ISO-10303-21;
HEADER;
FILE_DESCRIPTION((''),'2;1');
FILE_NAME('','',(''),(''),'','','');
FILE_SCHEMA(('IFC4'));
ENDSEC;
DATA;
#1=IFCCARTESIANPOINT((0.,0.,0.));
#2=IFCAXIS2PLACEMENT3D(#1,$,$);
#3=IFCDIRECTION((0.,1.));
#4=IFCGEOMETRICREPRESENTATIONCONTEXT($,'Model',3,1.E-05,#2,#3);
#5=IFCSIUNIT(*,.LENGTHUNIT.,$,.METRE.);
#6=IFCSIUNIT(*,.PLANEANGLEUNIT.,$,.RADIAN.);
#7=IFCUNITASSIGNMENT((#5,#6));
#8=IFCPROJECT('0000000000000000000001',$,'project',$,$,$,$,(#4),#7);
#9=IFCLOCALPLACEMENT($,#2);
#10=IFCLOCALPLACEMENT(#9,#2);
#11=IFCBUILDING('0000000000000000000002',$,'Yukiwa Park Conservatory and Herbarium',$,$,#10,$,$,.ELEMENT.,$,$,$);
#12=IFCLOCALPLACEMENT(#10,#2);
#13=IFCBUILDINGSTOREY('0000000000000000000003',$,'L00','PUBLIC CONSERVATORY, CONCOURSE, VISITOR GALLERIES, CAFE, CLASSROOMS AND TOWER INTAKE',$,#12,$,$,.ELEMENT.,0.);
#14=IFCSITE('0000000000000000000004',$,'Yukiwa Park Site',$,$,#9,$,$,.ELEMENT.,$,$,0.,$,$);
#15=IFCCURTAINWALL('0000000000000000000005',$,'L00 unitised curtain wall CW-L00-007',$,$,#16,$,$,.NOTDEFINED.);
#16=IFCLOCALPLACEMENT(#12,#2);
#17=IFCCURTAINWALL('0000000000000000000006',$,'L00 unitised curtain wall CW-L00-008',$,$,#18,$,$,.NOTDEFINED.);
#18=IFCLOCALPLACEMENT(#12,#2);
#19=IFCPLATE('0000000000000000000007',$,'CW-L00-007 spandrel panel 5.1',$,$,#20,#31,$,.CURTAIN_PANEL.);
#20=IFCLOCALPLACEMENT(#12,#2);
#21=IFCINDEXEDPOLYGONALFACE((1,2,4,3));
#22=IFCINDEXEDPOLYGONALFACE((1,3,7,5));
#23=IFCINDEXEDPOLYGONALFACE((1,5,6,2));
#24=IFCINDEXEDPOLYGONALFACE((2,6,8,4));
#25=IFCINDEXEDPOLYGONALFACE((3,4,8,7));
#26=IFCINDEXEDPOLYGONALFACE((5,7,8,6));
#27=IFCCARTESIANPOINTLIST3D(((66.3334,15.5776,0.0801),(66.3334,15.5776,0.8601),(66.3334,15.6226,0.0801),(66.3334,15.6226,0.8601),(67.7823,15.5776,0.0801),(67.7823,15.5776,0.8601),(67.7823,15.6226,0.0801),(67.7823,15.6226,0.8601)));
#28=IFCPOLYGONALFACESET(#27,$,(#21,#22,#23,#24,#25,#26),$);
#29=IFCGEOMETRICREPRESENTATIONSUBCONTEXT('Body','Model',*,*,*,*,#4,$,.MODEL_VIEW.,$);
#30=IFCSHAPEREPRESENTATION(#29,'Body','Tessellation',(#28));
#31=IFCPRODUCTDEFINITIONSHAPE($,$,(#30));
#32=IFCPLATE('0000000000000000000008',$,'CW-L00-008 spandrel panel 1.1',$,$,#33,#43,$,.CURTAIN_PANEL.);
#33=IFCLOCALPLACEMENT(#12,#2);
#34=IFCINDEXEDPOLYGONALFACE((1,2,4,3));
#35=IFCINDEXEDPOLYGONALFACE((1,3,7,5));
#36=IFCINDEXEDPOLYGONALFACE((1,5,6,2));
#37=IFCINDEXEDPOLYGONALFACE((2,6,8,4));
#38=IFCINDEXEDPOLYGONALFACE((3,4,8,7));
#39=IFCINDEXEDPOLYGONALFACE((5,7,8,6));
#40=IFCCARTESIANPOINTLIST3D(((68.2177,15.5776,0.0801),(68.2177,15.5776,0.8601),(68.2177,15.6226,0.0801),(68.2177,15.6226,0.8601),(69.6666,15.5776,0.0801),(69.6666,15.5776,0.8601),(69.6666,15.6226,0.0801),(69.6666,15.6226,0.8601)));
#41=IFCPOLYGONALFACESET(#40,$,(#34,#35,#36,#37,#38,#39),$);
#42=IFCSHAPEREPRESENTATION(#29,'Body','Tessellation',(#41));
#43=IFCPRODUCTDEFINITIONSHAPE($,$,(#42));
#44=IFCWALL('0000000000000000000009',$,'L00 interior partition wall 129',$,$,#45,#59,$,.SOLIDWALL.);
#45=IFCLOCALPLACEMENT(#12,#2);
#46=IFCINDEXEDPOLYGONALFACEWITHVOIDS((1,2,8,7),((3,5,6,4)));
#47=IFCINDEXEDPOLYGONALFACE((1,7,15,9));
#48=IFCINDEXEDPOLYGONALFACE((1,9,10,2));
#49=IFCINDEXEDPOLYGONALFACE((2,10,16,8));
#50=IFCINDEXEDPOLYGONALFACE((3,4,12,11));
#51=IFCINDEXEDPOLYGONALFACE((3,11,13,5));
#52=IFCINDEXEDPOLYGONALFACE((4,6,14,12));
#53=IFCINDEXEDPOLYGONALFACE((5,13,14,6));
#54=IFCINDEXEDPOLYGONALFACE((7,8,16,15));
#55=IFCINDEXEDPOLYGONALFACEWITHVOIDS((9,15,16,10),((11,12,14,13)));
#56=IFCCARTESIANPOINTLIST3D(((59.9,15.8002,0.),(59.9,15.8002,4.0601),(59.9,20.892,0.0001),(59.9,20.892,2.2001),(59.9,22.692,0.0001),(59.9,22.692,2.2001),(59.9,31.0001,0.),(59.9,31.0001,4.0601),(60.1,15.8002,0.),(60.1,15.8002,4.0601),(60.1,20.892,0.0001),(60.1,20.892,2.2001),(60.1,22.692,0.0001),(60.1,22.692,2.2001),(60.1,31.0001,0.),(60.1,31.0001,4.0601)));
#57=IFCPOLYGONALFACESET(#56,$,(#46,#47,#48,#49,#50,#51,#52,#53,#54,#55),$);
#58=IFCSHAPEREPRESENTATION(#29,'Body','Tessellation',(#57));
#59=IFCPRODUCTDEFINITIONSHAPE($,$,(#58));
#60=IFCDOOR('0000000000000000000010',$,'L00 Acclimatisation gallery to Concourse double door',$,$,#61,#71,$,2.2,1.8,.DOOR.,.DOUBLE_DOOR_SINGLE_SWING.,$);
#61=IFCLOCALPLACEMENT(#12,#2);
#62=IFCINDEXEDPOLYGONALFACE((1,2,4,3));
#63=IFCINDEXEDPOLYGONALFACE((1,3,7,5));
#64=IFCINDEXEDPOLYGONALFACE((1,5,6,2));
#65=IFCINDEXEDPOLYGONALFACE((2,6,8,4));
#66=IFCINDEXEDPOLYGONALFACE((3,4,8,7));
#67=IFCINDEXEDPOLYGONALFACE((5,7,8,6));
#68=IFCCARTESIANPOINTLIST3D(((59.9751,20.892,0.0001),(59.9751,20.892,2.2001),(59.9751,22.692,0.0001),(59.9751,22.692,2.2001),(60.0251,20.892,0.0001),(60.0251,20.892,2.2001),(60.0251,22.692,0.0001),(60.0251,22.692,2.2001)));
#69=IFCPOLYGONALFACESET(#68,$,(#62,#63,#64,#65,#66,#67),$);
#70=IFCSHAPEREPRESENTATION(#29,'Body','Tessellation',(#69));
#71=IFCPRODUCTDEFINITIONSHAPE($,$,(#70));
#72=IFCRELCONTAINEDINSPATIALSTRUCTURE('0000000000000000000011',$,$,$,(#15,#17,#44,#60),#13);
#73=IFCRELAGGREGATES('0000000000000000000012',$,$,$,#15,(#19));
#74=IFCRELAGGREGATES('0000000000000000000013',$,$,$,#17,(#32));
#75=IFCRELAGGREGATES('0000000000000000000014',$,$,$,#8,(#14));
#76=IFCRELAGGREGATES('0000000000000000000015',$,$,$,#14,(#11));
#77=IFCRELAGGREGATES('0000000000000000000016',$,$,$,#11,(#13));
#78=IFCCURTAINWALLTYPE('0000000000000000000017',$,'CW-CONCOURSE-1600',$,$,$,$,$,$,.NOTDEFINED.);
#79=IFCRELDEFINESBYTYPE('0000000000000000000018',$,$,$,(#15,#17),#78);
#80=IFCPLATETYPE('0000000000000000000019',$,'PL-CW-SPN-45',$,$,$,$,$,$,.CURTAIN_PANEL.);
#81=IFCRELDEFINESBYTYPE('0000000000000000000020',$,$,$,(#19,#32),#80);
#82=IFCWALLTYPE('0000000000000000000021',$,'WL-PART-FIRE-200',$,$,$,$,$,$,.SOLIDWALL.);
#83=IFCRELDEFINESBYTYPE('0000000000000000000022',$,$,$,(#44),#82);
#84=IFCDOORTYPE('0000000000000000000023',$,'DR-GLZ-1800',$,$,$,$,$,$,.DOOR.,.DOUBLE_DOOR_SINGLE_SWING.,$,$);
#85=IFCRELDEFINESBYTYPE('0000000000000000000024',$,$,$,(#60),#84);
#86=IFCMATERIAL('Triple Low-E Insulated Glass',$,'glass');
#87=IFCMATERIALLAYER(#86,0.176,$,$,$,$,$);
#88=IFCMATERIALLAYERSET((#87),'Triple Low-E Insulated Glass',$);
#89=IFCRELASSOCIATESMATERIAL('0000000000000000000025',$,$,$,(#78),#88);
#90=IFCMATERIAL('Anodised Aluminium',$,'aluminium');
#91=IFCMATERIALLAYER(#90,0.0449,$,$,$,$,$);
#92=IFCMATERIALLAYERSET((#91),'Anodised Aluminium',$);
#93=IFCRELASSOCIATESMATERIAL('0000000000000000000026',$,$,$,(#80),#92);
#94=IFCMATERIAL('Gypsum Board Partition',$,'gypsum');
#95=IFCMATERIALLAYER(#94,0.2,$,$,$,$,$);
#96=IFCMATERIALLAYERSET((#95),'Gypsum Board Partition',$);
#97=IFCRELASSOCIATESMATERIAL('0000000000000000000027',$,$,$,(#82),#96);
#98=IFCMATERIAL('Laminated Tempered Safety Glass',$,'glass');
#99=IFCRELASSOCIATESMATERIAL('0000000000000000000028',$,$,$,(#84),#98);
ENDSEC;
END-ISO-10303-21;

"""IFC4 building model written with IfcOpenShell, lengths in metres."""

from ifc_helpers import new_model, si_unit, direction, frame, frame_2d, origin, origin_2d, place, context, subcontext, project, spatial, rectangle, extrude, material, layer, layer_set, type_object, element, fill, aggregate, save


model = new_model("IFC4")

# Units and contexts
model_context = context("Model", 3, precision=1e-05, world=origin(), true_north=direction((0.0, 1.0)))
body_context = subcontext(model_context, "Body", "Model", "MODEL_VIEW")
ifc_project = project(units=[si_unit("LENGTHUNIT", "METRE"), si_unit("PLANEANGLEUNIT", "RADIAN")], contexts=[model_context])

# Site, building, storey
site_placement = place(None, origin())
site = spatial("IfcSite", under=ifc_project, at=site_placement, Name="Yukiwa Park Site", CompositionType="ELEMENT", RefElevation=0.0)
building_placement = place(site_placement, origin())
building = spatial("IfcBuilding", under=site, at=building_placement, Name="Yukiwa Park Conservatory and Herbarium", CompositionType="ELEMENT")
storey_placement = place(building_placement, origin())
storey = spatial("IfcBuildingStorey", under=building, at=storey_placement, Name="L00", Description="PUBLIC CONSERVATORY, CONCOURSE, VISITOR GALLERIES, CAFE, CLASSROOMS AND TOWER INTAKE", CompositionType="ELEMENT", Elevation=0.0)

# Curtain walls
ifc_material_1 = material(Name="Triple Low-E Insulated Glass", Category="glass")
ifc_layer_1 = layer(ifc_material_1, 0.176)
ifc_layer_set_1 = layer_set([ifc_layer_1], Name="Triple Low-E Insulated Glass")
curtain_wall_type = type_object("IfcCurtainWallType", Name="CW-CONCOURSE-1600", PredefinedType="NOTDEFINED", material=ifc_layer_set_1)
curtain_wall_1_placement = place(storey_placement, origin())
curtain_wall_1 = element("IfcCurtainWall", 1, at=curtain_wall_1_placement, inside=storey, type_object=curtain_wall_type, Name="L00 unitised curtain wall CW-L00-007", PredefinedType="NOTDEFINED")
curtain_wall_2_placement = place(storey_placement, origin())
curtain_wall_2 = element("IfcCurtainWall", 2, at=curtain_wall_2_placement, inside=storey, type_object=curtain_wall_type, Name="L00 unitised curtain wall CW-L00-008", PredefinedType="NOTDEFINED")

# Plates
ifc_material_2 = material(Name="Anodised Aluminium", Category="aluminium")
ifc_layer_2 = layer(ifc_material_2, 0.0449)
ifc_layer_set_2 = layer_set([ifc_layer_2], Name="Anodised Aluminium")
plate_type_1 = type_object("IfcPlateType", Name="PL-CW-SPN-45", PredefinedType="CURTAIN_PANEL", material=ifc_layer_set_2)
plate_1_placement = place(storey_placement, frame((67.0579, 15.6001, 0.0801), z_axis=(0.0, 0.0, 1.0), x_axis=(1.0, 0.0, 0.0)))
plate_1 = element("IfcPlate", 3, at=plate_1_placement, type_object=plate_type_1, Name="CW-L00-007 spandrel panel 5.1", PredefinedType="CURTAIN_PANEL", context=body_context, shape_type="SweptSolid", body=[
    extrude(rectangle(XDim=1.449, YDim=0.0449, at=origin_2d()), origin(), (0.0, 0.0, 1.0), 0.78),
])
aggregate(curtain_wall_1, [plate_1])
plate_2_placement = place(storey_placement, frame((68.9421, 15.6001, 0.0801), z_axis=(0.0, 0.0, 1.0), x_axis=(1.0, 0.0, 0.0)))
plate_2 = element("IfcPlate", 4, at=plate_2_placement, type_object=plate_type_1, Name="CW-L00-008 spandrel panel 1.1", PredefinedType="CURTAIN_PANEL", context=body_context, shape_type="SweptSolid", body=[
    extrude(rectangle(XDim=1.449, YDim=0.0449, at=origin_2d()), origin(), (0.0, 0.0, 1.0), 0.78),
])
aggregate(curtain_wall_2, [plate_2])

# Wall, opening, door
ifc_material_3 = material(Name="Gypsum Board Partition", Category="gypsum")
ifc_layer_3 = layer(ifc_material_3, 0.2)
ifc_layer_set_3 = layer_set([ifc_layer_3], Name="Gypsum Board Partition")
wall_type = type_object("IfcWallType", Name="WL-PART-FIRE-200", PredefinedType="SOLIDWALL", material=ifc_layer_set_3)
wall_placement = place(storey_placement, frame((60.0, 15.8, 0.0), z_axis=(0.0, 0.0, 1.0), x_axis=(0.0, 1.0, 0.0)))
wall = element("IfcWall", 5, at=wall_placement, inside=storey, type_object=wall_type, Name="L00 interior partition wall 129", PredefinedType="SOLIDWALL", context=body_context, shape_type="SweptSolid", body=[
    extrude(rectangle(XDim=15.2, YDim=0.2, at=frame_2d((7.6001, 0.0))), origin(), (0.0, 0.0, 1.0), 4.0601),
])
opening_placement = place(wall_placement, frame((5.092, 0.0, 0.0)))
opening = element("IfcOpeningElement", 6, at=opening_placement, cuts=wall, PredefinedType="OPENING", context=body_context, shape_type="SweptSolid", body=[
    extrude(rectangle(XDim=1.8, YDim=2.2, at=frame_2d((0.8999, 1.1001))), frame((0.0, 0.1099, 0.0), z_axis=(0.0, -1.0, 0.0), x_axis=(1.0, 0.0, 0.0)), (0.0, 0.0, 1.0), 0.22),
])
ifc_material_4 = material(Name="Laminated Tempered Safety Glass", Category="glass")
door_type = type_object("IfcDoorType", Name="DR-GLZ-1800", OperationType="DOUBLE_DOOR_SINGLE_SWING", PredefinedType="DOOR", material=ifc_material_4)
door_placement = place(opening_placement, origin())
door = element("IfcDoor", 7, at=door_placement, inside=storey, type_object=door_type, Name="L00 Acclimatisation gallery to Concourse double door", OperationType="DOUBLE_DOOR_SINGLE_SWING", OverallHeight=2.2, OverallWidth=1.8, PredefinedType="DOOR", context=body_context, shape_type="SweptSolid", body=[
    extrude(rectangle(XDim=1.8, YDim=2.2, at=frame_2d((0.8999, 1.1001))), frame((0.0, 0.0249, 0.0), z_axis=(0.0, -1.0, 0.0), x_axis=(1.0, 0.0, 0.0)), (0.0, 0.0, 1.0), 0.05),
])
fill(opening, door)

save(model, "model.ifc")
